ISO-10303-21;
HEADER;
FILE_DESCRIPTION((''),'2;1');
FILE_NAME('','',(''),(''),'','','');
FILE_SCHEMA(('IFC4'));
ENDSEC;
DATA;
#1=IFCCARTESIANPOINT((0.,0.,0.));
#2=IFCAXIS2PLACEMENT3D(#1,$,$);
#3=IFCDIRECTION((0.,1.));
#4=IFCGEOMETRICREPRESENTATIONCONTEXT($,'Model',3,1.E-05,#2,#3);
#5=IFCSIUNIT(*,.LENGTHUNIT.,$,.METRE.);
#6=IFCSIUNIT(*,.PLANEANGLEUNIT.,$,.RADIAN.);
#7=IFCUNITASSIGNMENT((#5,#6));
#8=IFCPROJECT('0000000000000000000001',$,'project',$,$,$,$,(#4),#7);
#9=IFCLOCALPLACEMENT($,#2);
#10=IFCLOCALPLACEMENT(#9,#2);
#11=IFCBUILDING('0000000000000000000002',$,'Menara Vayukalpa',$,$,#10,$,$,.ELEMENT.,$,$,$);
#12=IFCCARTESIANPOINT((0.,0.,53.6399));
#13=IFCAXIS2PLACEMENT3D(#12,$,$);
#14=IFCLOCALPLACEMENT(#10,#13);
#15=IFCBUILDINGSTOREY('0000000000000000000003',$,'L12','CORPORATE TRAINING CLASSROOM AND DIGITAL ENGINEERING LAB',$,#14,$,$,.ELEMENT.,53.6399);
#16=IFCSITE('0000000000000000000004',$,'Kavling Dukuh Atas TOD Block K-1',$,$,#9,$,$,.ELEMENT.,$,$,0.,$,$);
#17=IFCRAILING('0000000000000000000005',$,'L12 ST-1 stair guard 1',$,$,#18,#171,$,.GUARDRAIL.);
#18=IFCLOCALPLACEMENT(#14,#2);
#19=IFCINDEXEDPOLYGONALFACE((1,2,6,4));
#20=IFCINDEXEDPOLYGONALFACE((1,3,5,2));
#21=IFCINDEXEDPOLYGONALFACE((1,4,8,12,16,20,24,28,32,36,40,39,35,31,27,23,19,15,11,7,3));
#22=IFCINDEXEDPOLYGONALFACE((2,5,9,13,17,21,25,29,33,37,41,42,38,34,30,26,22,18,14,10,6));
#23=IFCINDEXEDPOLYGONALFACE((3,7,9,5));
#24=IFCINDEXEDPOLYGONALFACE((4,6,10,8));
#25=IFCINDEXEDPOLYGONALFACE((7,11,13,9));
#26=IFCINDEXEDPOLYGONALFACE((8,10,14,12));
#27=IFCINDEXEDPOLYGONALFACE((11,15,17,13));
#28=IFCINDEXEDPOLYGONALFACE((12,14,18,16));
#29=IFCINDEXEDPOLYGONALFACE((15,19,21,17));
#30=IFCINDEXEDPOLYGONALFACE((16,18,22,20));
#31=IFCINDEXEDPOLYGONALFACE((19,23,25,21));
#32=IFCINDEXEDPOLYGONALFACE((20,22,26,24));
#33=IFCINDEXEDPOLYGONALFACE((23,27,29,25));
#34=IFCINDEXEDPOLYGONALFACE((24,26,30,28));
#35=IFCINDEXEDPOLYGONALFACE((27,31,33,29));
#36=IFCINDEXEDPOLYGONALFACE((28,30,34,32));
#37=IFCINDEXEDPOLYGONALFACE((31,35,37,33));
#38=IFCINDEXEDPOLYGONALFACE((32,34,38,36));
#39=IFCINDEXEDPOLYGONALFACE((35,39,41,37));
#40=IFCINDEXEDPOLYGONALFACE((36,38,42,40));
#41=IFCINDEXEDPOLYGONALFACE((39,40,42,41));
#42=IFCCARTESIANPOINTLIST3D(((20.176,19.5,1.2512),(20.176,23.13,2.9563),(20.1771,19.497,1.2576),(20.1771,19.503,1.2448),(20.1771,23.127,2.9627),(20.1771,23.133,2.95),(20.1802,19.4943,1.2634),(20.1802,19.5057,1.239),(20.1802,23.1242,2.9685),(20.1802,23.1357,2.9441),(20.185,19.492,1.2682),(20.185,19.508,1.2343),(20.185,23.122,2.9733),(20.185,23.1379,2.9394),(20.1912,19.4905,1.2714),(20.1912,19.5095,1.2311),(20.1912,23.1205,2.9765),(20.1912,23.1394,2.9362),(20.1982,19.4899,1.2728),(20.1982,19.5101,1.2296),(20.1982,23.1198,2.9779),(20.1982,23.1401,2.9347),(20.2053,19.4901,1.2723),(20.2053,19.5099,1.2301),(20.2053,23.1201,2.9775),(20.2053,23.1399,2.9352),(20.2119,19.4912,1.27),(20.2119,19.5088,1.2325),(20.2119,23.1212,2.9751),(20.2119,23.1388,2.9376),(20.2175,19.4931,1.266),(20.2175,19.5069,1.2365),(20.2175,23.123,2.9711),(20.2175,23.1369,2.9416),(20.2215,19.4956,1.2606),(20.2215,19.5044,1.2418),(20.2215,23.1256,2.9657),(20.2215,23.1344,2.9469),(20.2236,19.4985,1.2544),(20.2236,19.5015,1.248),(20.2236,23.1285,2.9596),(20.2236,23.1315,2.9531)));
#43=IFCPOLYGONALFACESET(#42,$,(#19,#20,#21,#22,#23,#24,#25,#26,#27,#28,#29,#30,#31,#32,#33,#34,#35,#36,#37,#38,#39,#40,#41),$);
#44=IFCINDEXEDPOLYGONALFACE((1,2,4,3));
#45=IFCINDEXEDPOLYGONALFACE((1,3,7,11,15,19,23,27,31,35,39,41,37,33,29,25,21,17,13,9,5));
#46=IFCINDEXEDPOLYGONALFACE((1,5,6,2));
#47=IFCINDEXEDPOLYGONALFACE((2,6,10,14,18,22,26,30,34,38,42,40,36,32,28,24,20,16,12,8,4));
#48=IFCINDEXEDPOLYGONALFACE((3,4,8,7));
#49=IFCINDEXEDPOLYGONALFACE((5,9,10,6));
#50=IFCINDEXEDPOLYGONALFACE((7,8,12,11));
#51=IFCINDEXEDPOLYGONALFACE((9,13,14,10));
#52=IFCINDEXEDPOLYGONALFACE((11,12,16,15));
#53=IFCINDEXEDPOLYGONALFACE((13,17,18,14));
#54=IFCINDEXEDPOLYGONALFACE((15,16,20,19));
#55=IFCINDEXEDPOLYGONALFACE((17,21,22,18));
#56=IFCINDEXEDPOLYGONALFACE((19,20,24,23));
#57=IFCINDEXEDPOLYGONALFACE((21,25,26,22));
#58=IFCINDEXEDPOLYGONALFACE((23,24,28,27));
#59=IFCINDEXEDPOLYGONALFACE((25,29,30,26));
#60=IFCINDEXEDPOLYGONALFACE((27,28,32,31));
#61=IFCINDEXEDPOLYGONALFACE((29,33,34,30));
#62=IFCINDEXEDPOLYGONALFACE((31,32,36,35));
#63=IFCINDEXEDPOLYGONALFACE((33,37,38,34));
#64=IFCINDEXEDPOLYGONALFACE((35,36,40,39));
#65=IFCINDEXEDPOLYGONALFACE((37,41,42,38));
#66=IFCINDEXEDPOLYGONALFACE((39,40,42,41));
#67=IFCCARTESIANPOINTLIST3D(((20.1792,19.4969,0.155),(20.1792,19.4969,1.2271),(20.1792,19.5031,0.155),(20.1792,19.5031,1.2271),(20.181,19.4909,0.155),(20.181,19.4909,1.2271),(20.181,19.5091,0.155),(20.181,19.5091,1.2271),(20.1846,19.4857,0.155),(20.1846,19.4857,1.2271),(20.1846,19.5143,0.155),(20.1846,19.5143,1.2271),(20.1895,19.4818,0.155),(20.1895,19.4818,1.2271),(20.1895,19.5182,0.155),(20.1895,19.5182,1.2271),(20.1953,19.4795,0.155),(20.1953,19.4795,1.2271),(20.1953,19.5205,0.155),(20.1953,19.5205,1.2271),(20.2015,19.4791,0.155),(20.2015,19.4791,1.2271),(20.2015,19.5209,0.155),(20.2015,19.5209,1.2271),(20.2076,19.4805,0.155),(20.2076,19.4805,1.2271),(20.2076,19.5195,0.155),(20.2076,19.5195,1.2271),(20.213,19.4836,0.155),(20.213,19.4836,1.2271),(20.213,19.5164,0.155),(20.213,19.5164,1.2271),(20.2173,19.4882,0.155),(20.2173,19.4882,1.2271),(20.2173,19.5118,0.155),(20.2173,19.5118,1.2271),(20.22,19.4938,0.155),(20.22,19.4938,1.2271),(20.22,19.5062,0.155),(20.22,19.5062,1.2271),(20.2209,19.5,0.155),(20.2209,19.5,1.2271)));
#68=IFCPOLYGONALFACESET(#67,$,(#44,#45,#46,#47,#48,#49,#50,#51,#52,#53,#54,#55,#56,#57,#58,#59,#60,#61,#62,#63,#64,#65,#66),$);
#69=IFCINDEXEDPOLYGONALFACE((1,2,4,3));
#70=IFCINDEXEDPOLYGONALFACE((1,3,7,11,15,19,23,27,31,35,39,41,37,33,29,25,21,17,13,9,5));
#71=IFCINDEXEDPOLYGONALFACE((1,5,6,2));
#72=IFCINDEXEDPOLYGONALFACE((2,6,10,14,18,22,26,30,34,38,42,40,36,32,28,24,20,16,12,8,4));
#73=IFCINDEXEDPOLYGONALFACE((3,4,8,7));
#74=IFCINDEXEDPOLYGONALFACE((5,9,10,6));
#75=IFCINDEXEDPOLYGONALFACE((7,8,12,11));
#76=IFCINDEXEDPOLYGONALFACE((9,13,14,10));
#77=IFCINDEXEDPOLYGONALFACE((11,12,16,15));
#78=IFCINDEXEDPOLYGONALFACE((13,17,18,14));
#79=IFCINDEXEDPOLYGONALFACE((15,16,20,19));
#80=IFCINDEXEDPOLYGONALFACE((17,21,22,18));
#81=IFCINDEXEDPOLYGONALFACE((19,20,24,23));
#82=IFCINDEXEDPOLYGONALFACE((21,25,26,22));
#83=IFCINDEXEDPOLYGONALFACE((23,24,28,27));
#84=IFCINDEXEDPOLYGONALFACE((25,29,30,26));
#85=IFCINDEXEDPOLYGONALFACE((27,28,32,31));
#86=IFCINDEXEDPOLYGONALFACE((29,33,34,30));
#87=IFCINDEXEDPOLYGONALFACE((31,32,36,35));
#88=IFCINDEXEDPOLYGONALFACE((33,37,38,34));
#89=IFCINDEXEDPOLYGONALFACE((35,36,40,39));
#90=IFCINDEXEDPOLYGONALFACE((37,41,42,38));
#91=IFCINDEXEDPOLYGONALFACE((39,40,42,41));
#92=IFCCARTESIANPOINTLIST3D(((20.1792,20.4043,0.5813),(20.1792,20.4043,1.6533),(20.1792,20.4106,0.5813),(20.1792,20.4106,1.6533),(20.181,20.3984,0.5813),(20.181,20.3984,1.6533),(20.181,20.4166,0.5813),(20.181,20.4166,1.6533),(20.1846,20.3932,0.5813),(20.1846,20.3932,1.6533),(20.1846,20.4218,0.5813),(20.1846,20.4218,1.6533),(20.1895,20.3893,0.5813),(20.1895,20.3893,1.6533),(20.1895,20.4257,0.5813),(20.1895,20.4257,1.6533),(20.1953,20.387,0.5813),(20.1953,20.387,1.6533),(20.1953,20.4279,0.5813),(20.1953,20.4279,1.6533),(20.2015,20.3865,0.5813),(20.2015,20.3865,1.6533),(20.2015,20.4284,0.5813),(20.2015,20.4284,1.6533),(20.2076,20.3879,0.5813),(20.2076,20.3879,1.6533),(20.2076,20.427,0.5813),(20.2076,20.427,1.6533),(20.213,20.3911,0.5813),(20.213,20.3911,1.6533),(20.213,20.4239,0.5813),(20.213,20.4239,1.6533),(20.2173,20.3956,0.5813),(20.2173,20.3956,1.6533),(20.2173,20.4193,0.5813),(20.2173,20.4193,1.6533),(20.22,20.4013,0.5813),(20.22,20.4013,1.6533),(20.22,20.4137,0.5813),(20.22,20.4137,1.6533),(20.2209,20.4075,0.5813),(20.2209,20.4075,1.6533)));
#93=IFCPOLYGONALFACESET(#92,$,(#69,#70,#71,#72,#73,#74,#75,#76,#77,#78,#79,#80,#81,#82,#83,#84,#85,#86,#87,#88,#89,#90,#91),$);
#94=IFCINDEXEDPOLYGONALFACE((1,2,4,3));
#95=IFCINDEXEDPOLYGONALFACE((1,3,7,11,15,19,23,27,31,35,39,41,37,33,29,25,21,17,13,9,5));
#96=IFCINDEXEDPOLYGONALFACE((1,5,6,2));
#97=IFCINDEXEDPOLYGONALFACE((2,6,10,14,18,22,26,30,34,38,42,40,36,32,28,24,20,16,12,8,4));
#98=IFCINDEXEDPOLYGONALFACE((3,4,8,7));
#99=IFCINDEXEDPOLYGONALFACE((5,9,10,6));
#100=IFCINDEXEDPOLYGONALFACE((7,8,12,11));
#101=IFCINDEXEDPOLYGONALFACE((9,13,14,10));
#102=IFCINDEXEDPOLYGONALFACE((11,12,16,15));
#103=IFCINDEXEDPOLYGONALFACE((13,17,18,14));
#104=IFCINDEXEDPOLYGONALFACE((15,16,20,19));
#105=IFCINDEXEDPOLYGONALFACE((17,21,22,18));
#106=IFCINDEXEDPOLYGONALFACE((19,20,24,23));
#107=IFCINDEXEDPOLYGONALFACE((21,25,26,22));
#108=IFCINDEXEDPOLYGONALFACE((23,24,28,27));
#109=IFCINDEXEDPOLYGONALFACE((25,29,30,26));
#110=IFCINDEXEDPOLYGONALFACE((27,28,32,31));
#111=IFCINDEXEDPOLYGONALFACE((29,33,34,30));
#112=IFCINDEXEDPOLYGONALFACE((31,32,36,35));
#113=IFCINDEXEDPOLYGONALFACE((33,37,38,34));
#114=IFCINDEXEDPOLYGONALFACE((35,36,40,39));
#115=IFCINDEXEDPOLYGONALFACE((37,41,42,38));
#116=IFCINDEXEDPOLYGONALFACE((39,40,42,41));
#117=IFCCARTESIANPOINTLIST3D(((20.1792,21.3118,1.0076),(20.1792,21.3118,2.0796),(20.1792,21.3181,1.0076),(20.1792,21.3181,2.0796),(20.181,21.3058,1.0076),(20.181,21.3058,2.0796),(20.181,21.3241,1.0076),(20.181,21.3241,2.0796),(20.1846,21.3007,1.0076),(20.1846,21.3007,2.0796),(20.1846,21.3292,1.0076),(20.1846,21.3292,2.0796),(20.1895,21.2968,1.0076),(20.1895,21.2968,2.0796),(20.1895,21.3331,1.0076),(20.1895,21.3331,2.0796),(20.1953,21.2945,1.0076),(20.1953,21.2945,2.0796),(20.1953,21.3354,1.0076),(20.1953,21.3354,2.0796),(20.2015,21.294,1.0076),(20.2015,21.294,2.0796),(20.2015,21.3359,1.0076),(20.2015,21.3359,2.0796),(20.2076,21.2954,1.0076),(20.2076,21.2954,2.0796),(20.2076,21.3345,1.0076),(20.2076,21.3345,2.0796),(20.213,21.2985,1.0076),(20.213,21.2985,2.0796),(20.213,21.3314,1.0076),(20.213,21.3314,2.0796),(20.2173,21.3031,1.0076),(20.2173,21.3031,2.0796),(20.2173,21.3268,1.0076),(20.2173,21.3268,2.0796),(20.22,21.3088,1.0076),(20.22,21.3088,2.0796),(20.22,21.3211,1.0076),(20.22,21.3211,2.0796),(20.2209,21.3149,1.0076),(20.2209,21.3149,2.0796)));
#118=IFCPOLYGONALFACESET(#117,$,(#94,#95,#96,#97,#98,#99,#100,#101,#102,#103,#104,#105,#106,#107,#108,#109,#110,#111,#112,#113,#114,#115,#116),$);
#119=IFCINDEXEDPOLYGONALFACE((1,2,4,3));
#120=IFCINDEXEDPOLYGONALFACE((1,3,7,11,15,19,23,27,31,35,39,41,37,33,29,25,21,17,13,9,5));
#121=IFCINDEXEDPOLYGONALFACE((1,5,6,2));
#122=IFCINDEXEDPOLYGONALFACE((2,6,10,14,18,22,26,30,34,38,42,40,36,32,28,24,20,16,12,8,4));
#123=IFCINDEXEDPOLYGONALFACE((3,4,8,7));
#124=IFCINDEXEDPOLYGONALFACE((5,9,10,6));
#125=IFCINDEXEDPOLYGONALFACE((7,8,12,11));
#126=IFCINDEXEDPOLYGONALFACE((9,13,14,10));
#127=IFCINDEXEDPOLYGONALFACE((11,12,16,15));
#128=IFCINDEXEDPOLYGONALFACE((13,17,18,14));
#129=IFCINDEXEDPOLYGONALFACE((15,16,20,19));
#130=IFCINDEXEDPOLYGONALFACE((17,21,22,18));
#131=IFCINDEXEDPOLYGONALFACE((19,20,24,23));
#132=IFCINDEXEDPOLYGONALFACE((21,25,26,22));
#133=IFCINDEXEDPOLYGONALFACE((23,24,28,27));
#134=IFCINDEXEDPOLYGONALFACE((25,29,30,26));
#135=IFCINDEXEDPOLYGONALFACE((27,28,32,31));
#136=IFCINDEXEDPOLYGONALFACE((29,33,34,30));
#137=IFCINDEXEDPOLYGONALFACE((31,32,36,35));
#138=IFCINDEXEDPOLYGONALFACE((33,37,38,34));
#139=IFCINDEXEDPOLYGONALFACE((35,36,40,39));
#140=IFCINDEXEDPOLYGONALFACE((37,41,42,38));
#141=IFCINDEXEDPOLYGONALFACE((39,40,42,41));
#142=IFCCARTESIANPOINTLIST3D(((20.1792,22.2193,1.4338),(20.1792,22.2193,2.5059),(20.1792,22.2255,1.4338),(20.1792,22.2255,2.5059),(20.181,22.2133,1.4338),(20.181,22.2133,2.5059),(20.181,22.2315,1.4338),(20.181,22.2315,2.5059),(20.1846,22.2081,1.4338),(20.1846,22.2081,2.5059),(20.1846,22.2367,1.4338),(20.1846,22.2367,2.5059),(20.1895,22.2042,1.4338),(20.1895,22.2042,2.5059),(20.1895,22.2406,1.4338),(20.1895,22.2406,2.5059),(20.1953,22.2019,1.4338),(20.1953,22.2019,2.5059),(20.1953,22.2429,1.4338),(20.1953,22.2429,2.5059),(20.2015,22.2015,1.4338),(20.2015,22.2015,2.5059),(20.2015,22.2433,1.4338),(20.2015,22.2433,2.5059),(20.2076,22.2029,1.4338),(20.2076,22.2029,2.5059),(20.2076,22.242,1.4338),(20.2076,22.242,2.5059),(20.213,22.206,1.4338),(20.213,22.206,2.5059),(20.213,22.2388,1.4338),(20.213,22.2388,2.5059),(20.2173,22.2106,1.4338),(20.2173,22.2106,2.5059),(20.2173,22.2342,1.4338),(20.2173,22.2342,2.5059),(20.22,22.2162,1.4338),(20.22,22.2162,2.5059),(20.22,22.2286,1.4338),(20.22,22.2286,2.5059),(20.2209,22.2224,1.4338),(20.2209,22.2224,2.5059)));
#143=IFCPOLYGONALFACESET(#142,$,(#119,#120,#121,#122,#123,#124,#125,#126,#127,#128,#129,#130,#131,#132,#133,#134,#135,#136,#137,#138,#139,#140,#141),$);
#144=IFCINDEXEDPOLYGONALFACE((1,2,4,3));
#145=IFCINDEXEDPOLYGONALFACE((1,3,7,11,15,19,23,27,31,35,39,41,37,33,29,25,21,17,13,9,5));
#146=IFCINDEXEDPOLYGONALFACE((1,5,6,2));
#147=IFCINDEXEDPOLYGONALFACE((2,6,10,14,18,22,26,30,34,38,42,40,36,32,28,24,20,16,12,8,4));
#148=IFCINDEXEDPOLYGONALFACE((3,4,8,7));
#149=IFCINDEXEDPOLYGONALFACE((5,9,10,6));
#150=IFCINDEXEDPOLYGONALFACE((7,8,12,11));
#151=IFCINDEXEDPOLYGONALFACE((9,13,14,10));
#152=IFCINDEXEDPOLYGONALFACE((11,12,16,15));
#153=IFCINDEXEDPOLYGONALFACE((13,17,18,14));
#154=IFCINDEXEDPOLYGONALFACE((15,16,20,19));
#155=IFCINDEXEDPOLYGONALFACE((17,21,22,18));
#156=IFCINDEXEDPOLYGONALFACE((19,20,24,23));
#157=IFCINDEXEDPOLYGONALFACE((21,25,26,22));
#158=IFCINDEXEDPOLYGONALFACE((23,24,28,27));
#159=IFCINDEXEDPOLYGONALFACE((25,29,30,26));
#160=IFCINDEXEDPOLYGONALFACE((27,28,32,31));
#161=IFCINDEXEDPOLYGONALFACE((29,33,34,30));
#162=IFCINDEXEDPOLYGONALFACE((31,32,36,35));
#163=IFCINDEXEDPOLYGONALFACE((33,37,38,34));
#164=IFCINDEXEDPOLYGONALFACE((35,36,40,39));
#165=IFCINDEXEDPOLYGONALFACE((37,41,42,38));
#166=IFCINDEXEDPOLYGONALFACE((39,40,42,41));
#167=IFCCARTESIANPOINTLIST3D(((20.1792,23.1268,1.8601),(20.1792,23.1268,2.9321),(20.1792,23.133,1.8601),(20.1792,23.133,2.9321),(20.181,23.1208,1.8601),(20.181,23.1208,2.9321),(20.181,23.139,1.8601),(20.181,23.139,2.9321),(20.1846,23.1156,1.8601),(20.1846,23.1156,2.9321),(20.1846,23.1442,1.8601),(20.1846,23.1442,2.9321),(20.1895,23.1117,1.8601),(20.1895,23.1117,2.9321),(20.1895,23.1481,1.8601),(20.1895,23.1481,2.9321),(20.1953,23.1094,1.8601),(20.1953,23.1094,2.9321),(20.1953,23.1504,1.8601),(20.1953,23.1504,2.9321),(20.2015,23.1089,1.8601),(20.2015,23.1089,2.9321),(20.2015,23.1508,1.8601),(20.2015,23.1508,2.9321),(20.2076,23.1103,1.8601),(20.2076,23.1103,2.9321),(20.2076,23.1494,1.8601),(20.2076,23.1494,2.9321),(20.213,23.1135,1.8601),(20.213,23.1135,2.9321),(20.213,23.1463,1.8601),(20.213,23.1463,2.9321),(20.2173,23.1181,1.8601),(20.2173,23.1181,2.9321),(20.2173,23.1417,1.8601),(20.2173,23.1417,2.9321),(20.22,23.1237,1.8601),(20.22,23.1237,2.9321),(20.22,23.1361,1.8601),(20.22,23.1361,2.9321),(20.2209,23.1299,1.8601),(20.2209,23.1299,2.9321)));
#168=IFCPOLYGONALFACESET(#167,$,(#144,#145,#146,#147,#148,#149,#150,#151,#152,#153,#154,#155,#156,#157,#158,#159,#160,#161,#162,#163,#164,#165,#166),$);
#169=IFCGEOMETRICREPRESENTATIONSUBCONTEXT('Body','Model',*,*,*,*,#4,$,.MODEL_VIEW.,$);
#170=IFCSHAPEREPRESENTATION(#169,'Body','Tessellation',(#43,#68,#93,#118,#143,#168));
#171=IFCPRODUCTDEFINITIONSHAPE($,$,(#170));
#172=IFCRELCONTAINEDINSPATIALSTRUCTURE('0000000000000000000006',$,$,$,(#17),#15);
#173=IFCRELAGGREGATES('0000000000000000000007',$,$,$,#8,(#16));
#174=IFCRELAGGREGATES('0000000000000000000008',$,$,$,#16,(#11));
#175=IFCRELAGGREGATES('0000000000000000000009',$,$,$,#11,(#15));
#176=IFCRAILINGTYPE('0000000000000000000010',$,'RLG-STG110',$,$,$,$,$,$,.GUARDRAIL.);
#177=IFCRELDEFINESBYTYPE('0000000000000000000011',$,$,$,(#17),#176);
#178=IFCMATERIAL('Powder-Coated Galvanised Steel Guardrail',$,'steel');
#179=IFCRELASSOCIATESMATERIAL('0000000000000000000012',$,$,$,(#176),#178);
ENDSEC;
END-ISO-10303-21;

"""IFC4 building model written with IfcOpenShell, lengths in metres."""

from ifc_helpers import new_model, si_unit, direction, frame, origin, origin_2d, place, context, subcontext, project, spatial, circle, extrude, material, type_object, element, save


model = new_model("IFC4")

# Units and contexts
model_context = context("Model", 3, precision=1e-05, world=origin(), true_north=direction((0.0, 1.0)))
body_context = subcontext(model_context, "Body", "Model", "MODEL_VIEW")
ifc_project = project(units=[si_unit("LENGTHUNIT", "METRE"), si_unit("PLANEANGLEUNIT", "RADIAN")], contexts=[model_context])

# Site, building, storey
site_placement = place(None, origin())
site = spatial("IfcSite", under=ifc_project, at=site_placement, Name="Kavling Dukuh Atas TOD Block K-1", CompositionType="ELEMENT", RefElevation=0.0)
building_placement = place(site_placement, origin())
building = spatial("IfcBuilding", under=site, at=building_placement, Name="Menara Vayukalpa", CompositionType="ELEMENT")
storey_placement = place(building_placement, frame((0.0, 0.0, 53.6399)))
storey = spatial("IfcBuildingStorey", under=building, at=storey_placement, Name="L12", Description="CORPORATE TRAINING CLASSROOM AND DIGITAL ENGINEERING LAB", CompositionType="ELEMENT", Elevation=53.6399)

# Railing
ifc_material_1 = material(Name="Powder-Coated Galvanised Steel Guardrail", Category="steel")
railing_type_1 = type_object("IfcRailingType", Name="RLG-STG110", PredefinedType="GUARDRAIL", material=ifc_material_1)
railing_1_placement = place(storey_placement, frame((20.2, 19.5, 0.155)))
element("IfcRailing", 1, at=railing_1_placement, inside=storey, type_object=railing_type_1, Name="L12 ST-1 stair guard 1", PredefinedType="GUARDRAIL", context=body_context, shape_type="SweptSolid", body=[
    extrude(circle(Radius=0.0239, at=origin_2d()), frame((0.0, 0.0, 1.0962), z_axis=(0.0, 0.905116, 0.425164), x_axis=(-1.0, 0.0, 0.0)), (0.0, 0.0, 1.0), 4.0105),
    extrude(circle(Radius=0.021, at=origin_2d()), origin(), (0.0, 0.0, 1.0), 1.072),
    extrude(circle(Radius=0.021, at=origin_2d()), frame((0.0, 0.9075, 0.4263)), (0.0, 0.0, 1.0), 1.072),
    extrude(circle(Radius=0.021, at=origin_2d()), frame((0.0, 1.8149, 0.8525)), (0.0, 0.0, 1.0), 1.072),
    extrude(circle(Radius=0.021, at=origin_2d()), frame((0.0, 2.7224, 1.2788)), (0.0, 0.0, 1.0), 1.072),
    extrude(circle(Radius=0.021, at=origin_2d()), frame((0.0, 3.6299, 1.7051)), (0.0, 0.0, 1.0), 1.072),
])

save(model, "model.ifc")
